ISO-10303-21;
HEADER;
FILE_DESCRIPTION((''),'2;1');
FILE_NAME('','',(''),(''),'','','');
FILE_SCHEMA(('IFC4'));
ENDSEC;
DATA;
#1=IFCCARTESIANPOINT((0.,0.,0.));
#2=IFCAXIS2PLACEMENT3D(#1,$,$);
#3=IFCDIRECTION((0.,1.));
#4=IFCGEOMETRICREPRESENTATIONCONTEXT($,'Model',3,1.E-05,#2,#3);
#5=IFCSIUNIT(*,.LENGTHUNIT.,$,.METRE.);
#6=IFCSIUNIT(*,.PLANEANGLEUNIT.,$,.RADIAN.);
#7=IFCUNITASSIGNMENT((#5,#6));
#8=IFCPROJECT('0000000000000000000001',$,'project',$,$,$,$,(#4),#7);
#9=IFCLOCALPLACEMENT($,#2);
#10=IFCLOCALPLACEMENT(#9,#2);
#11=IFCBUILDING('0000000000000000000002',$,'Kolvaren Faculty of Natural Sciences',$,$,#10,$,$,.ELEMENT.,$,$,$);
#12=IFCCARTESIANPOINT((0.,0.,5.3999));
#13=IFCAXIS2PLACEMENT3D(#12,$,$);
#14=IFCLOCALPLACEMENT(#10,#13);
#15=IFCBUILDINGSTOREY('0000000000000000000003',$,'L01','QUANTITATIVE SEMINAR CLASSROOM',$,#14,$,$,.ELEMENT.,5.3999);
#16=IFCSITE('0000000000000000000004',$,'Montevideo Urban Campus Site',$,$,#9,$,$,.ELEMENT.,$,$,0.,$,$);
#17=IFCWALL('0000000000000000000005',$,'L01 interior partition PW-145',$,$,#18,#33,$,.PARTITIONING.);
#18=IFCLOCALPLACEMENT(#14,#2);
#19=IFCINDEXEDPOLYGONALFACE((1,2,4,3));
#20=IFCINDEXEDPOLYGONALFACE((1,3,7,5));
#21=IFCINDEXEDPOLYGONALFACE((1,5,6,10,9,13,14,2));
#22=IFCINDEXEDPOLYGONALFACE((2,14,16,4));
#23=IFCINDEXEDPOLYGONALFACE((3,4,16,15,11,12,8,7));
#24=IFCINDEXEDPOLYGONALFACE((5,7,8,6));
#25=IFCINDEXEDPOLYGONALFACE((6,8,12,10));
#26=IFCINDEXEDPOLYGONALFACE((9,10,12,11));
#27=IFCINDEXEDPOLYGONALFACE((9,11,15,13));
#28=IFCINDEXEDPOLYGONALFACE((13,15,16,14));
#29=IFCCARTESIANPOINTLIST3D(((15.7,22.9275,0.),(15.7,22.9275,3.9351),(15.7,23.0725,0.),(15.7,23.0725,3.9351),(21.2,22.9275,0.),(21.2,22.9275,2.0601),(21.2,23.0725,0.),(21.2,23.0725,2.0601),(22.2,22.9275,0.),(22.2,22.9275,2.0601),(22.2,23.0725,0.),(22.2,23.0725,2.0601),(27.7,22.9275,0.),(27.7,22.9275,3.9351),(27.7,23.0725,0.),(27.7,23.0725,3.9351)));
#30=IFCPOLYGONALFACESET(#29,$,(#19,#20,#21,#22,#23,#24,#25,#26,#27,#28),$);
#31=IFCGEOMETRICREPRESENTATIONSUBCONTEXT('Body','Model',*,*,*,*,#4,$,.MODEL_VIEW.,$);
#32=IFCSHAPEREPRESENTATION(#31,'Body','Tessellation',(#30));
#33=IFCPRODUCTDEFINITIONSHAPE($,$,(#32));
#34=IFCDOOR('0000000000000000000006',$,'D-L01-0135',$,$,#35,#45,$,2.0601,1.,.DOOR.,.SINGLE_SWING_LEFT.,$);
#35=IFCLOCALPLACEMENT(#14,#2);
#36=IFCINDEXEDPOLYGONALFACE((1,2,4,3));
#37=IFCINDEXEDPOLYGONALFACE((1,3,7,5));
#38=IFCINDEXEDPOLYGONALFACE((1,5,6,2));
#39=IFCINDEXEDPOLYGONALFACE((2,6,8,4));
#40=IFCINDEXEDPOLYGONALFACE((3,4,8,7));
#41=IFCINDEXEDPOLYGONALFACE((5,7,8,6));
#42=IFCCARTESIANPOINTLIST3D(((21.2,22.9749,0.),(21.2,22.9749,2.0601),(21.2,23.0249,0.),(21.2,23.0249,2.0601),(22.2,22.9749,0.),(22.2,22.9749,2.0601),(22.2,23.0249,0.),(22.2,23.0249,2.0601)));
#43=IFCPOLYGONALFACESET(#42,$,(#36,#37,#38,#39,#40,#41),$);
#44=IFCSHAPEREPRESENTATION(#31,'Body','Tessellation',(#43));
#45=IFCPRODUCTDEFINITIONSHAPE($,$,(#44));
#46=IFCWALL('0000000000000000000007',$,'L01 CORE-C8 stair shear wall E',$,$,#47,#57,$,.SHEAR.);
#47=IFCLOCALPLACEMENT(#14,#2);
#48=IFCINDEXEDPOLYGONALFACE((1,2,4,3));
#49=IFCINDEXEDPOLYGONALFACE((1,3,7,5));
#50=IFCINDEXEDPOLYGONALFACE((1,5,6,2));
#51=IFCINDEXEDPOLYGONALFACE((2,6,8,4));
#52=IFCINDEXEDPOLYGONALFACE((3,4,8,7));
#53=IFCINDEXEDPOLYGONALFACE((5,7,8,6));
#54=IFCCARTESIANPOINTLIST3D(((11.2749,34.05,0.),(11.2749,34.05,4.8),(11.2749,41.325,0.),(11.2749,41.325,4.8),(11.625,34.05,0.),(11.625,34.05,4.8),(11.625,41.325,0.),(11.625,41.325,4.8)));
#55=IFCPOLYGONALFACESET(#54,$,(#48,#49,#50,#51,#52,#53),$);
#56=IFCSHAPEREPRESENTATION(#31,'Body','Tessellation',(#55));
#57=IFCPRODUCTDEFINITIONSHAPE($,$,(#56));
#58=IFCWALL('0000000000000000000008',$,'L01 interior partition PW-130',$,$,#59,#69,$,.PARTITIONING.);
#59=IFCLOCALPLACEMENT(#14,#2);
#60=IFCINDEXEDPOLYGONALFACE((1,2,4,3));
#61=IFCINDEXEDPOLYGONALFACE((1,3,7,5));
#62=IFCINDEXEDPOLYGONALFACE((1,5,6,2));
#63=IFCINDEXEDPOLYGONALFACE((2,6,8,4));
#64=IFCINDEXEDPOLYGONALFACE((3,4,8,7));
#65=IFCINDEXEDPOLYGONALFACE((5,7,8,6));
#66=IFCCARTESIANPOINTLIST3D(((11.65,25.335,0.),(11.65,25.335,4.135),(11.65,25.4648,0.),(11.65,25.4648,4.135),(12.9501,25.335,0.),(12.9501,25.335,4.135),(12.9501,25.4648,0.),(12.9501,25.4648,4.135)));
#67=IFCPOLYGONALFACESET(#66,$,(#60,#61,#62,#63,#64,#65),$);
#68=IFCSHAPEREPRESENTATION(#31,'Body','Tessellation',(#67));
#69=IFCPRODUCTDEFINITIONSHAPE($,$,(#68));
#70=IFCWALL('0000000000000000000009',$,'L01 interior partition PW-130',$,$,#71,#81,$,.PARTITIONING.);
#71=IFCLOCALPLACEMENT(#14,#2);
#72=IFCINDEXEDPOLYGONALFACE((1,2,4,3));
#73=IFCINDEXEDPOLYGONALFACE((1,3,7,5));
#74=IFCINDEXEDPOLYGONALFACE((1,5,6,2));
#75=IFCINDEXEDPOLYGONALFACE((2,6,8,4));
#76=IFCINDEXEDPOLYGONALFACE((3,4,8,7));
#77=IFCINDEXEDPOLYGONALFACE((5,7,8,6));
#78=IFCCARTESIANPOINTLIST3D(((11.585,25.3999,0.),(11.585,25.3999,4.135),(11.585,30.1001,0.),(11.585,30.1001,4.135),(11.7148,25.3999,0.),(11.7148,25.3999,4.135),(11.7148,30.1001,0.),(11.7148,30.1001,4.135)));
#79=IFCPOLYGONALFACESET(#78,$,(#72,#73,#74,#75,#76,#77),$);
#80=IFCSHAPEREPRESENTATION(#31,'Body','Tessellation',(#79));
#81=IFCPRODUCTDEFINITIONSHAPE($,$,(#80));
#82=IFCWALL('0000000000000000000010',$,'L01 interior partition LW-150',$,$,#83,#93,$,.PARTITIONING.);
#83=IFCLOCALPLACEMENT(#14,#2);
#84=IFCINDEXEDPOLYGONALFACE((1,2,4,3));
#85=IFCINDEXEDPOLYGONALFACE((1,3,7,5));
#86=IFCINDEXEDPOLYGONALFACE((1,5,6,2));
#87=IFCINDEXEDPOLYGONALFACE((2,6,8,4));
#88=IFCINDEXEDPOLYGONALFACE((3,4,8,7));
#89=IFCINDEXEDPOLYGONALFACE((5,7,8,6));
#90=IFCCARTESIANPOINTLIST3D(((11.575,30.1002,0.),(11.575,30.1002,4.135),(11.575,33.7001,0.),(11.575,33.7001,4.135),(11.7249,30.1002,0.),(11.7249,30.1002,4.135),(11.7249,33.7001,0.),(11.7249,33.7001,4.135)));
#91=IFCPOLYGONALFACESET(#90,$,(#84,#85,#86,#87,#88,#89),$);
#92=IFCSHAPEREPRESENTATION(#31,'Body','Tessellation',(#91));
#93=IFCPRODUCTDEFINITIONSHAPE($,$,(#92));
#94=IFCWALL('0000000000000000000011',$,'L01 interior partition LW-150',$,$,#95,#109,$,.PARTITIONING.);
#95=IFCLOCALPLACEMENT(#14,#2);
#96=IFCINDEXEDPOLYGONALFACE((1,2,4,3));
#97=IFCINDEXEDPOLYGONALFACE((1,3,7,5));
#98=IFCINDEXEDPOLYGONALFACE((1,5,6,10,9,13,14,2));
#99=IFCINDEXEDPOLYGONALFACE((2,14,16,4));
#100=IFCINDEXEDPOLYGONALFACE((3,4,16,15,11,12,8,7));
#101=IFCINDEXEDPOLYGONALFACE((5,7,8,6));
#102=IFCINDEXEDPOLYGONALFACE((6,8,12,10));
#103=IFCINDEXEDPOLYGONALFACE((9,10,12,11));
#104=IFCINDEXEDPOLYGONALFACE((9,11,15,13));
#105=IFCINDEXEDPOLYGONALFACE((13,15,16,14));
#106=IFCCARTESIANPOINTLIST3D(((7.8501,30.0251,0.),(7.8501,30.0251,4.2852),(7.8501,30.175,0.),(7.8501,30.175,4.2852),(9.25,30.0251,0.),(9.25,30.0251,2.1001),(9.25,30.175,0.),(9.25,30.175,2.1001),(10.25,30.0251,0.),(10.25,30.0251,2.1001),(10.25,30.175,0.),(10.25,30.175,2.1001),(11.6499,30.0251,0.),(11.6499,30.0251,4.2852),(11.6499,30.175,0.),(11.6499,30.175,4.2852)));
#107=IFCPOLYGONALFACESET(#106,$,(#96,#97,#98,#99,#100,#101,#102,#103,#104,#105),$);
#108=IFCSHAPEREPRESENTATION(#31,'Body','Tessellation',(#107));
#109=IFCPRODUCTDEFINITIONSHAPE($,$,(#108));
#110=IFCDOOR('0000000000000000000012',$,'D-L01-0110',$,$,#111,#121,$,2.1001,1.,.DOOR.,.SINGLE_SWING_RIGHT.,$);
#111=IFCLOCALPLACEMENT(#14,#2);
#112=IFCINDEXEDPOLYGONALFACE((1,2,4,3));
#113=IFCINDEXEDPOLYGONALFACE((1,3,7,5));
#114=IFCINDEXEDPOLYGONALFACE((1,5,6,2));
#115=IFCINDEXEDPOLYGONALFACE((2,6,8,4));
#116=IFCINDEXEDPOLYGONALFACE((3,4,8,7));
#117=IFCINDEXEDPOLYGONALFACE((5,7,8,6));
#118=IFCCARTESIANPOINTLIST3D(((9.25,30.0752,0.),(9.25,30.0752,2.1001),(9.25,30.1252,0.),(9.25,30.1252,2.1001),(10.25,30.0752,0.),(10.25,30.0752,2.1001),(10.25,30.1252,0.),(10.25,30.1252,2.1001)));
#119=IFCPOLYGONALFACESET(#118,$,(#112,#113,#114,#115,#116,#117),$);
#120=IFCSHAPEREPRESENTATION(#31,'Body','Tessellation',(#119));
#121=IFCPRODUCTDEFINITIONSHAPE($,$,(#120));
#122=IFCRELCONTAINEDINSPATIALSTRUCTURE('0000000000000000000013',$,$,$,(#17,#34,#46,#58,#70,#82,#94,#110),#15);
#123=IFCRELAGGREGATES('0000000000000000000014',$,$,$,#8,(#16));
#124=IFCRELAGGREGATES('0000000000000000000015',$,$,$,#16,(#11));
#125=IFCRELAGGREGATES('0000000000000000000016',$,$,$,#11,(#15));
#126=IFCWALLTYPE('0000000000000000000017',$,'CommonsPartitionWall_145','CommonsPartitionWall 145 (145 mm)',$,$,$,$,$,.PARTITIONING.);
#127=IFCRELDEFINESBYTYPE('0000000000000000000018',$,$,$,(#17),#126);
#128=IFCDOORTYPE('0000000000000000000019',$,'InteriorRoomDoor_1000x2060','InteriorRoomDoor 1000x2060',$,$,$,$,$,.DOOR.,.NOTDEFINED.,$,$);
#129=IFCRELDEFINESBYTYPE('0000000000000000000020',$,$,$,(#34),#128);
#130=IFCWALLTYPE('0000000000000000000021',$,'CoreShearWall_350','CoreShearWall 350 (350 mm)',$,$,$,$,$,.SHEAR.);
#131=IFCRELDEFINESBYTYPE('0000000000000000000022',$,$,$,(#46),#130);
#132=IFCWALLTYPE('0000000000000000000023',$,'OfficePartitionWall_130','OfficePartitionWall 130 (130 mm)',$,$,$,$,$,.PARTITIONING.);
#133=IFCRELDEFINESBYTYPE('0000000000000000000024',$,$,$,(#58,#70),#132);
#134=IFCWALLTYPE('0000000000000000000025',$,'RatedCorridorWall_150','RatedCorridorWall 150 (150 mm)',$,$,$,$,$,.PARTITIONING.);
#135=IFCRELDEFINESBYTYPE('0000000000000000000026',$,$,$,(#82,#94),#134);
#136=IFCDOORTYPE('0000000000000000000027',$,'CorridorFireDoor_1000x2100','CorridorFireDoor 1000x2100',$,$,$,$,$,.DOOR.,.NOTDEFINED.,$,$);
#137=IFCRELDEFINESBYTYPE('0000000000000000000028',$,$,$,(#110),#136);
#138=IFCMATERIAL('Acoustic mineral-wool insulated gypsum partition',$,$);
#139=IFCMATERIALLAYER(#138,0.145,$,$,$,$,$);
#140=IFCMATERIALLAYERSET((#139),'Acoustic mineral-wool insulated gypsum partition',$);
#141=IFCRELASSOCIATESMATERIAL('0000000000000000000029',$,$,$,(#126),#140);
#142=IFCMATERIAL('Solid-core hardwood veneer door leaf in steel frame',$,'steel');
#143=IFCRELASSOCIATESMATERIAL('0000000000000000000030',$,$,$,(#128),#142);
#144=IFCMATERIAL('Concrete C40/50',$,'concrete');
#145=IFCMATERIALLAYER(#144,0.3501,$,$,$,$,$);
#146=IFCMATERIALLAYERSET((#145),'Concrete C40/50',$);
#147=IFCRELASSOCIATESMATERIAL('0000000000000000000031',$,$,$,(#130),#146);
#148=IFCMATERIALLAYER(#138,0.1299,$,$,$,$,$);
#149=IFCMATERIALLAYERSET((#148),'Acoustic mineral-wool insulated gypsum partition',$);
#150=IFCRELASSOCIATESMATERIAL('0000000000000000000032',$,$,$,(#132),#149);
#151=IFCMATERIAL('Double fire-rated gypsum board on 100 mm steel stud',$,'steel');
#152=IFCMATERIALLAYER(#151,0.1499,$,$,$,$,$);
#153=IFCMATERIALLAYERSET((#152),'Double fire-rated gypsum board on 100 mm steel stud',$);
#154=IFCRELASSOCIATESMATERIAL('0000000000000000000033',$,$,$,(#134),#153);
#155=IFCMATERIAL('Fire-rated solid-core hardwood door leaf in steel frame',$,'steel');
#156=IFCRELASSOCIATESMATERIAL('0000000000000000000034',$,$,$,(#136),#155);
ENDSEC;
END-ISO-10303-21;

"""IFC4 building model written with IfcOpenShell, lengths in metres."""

from ifc_helpers import new_model, si_unit, direction, frame, frame_2d, origin, place, context, subcontext, project, spatial, rectangle, extrude, material, layer, layer_set, type_object, element, fill, save


model = new_model("IFC4")

# Units and contexts
model_context = context("Model", 3, precision=1e-05, world=origin(), true_north=direction((0.0, 1.0)))
body_context = subcontext(model_context, "Body", "Model", "MODEL_VIEW")
ifc_project = project(units=[si_unit("LENGTHUNIT", "METRE"), si_unit("PLANEANGLEUNIT", "RADIAN")], contexts=[model_context])

# Site, building, storey
site_placement = place(None, origin())
site = spatial("IfcSite", under=ifc_project, at=site_placement, Name="Montevideo Urban Campus Site", CompositionType="ELEMENT", RefElevation=0.0)
building_placement = place(site_placement, origin())
building = spatial("IfcBuilding", under=site, at=building_placement, Name="Kolvaren Faculty of Natural Sciences", CompositionType="ELEMENT")
storey_placement = place(building_placement, frame((0.0, 0.0, 5.3999)))
storey = spatial("IfcBuildingStorey", under=building, at=storey_placement, Name="L01", Description="QUANTITATIVE SEMINAR CLASSROOM", CompositionType="ELEMENT", Elevation=5.3999)

# Shared definitions
ifc_material_1 = material(Name="Concrete C40/50", Category="concrete")

# Shared definitions
ifc_material_2 = material(Name="Acoustic mineral-wool insulated gypsum partition")

# Wall, opening, door
ifc_layer_1 = layer(ifc_material_2, 0.145)
ifc_layer_set_1 = layer_set([ifc_layer_1], Name="Acoustic mineral-wool insulated gypsum partition")
wall_type_1 = type_object("IfcWallType", Name="CommonsPartitionWall_145", Description="CommonsPartitionWall 145 (145 mm)", PredefinedType="PARTITIONING", material=ifc_layer_set_1)
wall_1_placement = place(storey_placement, frame((15.7, 23.0, 0.0), z_axis=(0.0, 0.0, 1.0), x_axis=(1.0, 0.0, 0.0)))
wall_1 = element("IfcWall", 1, at=wall_1_placement, inside=storey, type_object=wall_type_1, Name="L01 interior partition PW-145", PredefinedType="PARTITIONING", context=body_context, shape_type="SweptSolid", body=[
    extrude(rectangle(XDim=12.0, YDim=0.145, at=frame_2d((6.0, 0.0))), origin(), (0.0, 0.0, 1.0), 3.9351),
])
opening_1_placement = place(wall_1_placement, frame((5.5, 0.0, 0.0)))
opening_1 = element("IfcOpeningElement", 2, at=opening_1_placement, cuts=wall_1, PredefinedType="OPENING", context=body_context, shape_type="SweptSolid", body=[
    extrude(rectangle(XDim=1.0, YDim=2.0601, at=frame_2d((0.5, 1.03))), frame((0.0, 0.0825, 0.0), z_axis=(0.0, -1.0, 0.0), x_axis=(1.0, 0.0, 0.0)), (0.0, 0.0, 1.0), 0.165),
])
ifc_material_3 = material(Name="Solid-core hardwood veneer door leaf in steel frame", Category="steel")
door_type_1 = type_object("IfcDoorType", Name="InteriorRoomDoor_1000x2060", Description="InteriorRoomDoor 1000x2060", OperationType="NOTDEFINED", PredefinedType="DOOR", material=ifc_material_3)
door_1_placement = place(opening_1_placement, origin())
door_1 = element("IfcDoor", 3, at=door_1_placement, inside=storey, type_object=door_type_1, Name="D-L01-0135", OperationType="SINGLE_SWING_LEFT", OverallHeight=2.0601, OverallWidth=1.0, PredefinedType="DOOR", context=body_context, shape_type="SweptSolid", body=[
    extrude(rectangle(XDim=1.0, YDim=2.0601, at=frame_2d((0.5, 1.03))), frame((0.0, 0.0249, 0.0), z_axis=(0.0, -1.0, 0.0), x_axis=(1.0, 0.0, 0.0)), (0.0, 0.0, 1.0), 0.05),
])
fill(opening_1, door_1)

# Walls
ifc_layer_2 = layer(ifc_material_1, 0.3501)
ifc_layer_set_2 = layer_set([ifc_layer_2], Name="Concrete C40/50")
wall_type_2 = type_object("IfcWallType", Name="CoreShearWall_350", Description="CoreShearWall 350 (350 mm)", PredefinedType="SHEAR", material=ifc_layer_set_2)
wall_2_placement = place(storey_placement, frame((11.45, 34.05, 0.0), z_axis=(0.0, 0.0, 1.0), x_axis=(0.0, 1.0, 0.0)))
element("IfcWall", 4, at=wall_2_placement, inside=storey, type_object=wall_type_2, Name="L01 CORE-C8 stair shear wall E", PredefinedType="SHEAR", context=body_context, shape_type="SweptSolid", body=[
    extrude(rectangle(XDim=7.2749, YDim=0.3501, at=frame_2d((3.6375, 0.0))), origin(), (0.0, 0.0, 1.0), 4.8),
])
ifc_layer_3 = layer(ifc_material_2, 0.1299)
ifc_layer_set_3 = layer_set([ifc_layer_3], Name="Acoustic mineral-wool insulated gypsum partition")
wall_type_3 = type_object("IfcWallType", Name="OfficePartitionWall_130", Description="OfficePartitionWall 130 (130 mm)", PredefinedType="PARTITIONING", material=ifc_layer_set_3)
wall_3_placement = place(storey_placement, frame((12.95, 25.3999, 0.0), z_axis=(0.0, 0.0, 1.0), x_axis=(-1.0, 0.0, 0.0)))
element("IfcWall", 5, at=wall_3_placement, inside=storey, type_object=wall_type_3, Name="L01 interior partition PW-130", PredefinedType="PARTITIONING", context=body_context, shape_type="SweptSolid", body=[
    extrude(rectangle(XDim=1.3, YDim=0.1299, at=frame_2d((0.6499, 0.0))), origin(), (0.0, 0.0, 1.0), 4.135),
])
wall_4_placement = place(storey_placement, frame((11.6499, 25.3999, 0.0), z_axis=(0.0, 0.0, 1.0), x_axis=(0.0, 1.0, 0.0)))
element("IfcWall", 6, at=wall_4_placement, inside=storey, type_object=wall_type_3, Name="L01 interior partition PW-130", PredefinedType="PARTITIONING", context=body_context, shape_type="SweptSolid", body=[
    extrude(rectangle(XDim=4.7002, YDim=0.1299, at=frame_2d((2.3501, 0.0))), origin(), (0.0, 0.0, 1.0), 4.135),
])
ifc_material_4 = material(Name="Double fire-rated gypsum board on 100 mm steel stud", Category="steel")
ifc_layer_4 = layer(ifc_material_4, 0.1499)
ifc_layer_set_4 = layer_set([ifc_layer_4], Name="Double fire-rated gypsum board on 100 mm steel stud")
wall_type_4 = type_object("IfcWallType", Name="RatedCorridorWall_150", Description="RatedCorridorWall 150 (150 mm)", PredefinedType="PARTITIONING", material=ifc_layer_set_4)
wall_5_placement = place(storey_placement, frame((11.6499, 33.7, 0.0), z_axis=(0.0, 0.0, 1.0), x_axis=(0.0, -1.0, 0.0)))
element("IfcWall", 7, at=wall_5_placement, inside=storey, type_object=wall_type_4, Name="L01 interior partition LW-150", PredefinedType="PARTITIONING", context=body_context, shape_type="SweptSolid", body=[
    extrude(rectangle(XDim=3.5999, YDim=0.1499, at=frame_2d((1.7998, 0.0))), origin(), (0.0, 0.0, 1.0), 4.135),
])

# Wall, opening, door
wall_6_placement = place(storey_placement, frame((11.6499, 30.1001, 0.0), z_axis=(0.0, 0.0, 1.0), x_axis=(-1.0, 0.0, 0.0)))
wall_6 = element("IfcWall", 8, at=wall_6_placement, inside=storey, type_object=wall_type_4, Name="L01 interior partition LW-150", PredefinedType="PARTITIONING", context=body_context, shape_type="SweptSolid", body=[
    extrude(rectangle(XDim=3.7998, YDim=0.1499, at=frame_2d((1.8999, 0.0))), origin(), (0.0, 0.0, 1.0), 4.2852),
])
opening_2_placement = place(wall_6_placement, frame((1.3999, 0.0, 0.0)))
opening_2 = element("IfcOpeningElement", 9, at=opening_2_placement, cuts=wall_6, PredefinedType="OPENING", context=body_context, shape_type="SweptSolid", body=[
    extrude(rectangle(XDim=1.0, YDim=2.1001, at=frame_2d((0.5, 1.05))), frame((0.0, 0.085, 0.0), z_axis=(0.0, -1.0, 0.0), x_axis=(1.0, 0.0, 0.0)), (0.0, 0.0, 1.0), 0.1699),
])
ifc_material_5 = material(Name="Fire-rated solid-core hardwood door leaf in steel frame", Category="steel")
door_type_2 = type_object("IfcDoorType", Name="CorridorFireDoor_1000x2100", Description="CorridorFireDoor 1000x2100", OperationType="NOTDEFINED", PredefinedType="DOOR", material=ifc_material_5)
door_2_placement = place(opening_2_placement, origin())
door_2 = element("IfcDoor", 10, at=door_2_placement, inside=storey, type_object=door_type_2, Name="D-L01-0110", OperationType="SINGLE_SWING_RIGHT", OverallHeight=2.1001, OverallWidth=1.0, PredefinedType="DOOR", context=body_context, shape_type="SweptSolid", body=[
    extrude(rectangle(XDim=1.0, YDim=2.1001, at=frame_2d((0.5, 1.05))), frame((0.0, 0.0249, 0.0), z_axis=(0.0, -1.0, 0.0), x_axis=(1.0, 0.0, 0.0)), (0.0, 0.0, 1.0), 0.05),
])
fill(opening_2, door_2)

save(model, "model.ifc")
